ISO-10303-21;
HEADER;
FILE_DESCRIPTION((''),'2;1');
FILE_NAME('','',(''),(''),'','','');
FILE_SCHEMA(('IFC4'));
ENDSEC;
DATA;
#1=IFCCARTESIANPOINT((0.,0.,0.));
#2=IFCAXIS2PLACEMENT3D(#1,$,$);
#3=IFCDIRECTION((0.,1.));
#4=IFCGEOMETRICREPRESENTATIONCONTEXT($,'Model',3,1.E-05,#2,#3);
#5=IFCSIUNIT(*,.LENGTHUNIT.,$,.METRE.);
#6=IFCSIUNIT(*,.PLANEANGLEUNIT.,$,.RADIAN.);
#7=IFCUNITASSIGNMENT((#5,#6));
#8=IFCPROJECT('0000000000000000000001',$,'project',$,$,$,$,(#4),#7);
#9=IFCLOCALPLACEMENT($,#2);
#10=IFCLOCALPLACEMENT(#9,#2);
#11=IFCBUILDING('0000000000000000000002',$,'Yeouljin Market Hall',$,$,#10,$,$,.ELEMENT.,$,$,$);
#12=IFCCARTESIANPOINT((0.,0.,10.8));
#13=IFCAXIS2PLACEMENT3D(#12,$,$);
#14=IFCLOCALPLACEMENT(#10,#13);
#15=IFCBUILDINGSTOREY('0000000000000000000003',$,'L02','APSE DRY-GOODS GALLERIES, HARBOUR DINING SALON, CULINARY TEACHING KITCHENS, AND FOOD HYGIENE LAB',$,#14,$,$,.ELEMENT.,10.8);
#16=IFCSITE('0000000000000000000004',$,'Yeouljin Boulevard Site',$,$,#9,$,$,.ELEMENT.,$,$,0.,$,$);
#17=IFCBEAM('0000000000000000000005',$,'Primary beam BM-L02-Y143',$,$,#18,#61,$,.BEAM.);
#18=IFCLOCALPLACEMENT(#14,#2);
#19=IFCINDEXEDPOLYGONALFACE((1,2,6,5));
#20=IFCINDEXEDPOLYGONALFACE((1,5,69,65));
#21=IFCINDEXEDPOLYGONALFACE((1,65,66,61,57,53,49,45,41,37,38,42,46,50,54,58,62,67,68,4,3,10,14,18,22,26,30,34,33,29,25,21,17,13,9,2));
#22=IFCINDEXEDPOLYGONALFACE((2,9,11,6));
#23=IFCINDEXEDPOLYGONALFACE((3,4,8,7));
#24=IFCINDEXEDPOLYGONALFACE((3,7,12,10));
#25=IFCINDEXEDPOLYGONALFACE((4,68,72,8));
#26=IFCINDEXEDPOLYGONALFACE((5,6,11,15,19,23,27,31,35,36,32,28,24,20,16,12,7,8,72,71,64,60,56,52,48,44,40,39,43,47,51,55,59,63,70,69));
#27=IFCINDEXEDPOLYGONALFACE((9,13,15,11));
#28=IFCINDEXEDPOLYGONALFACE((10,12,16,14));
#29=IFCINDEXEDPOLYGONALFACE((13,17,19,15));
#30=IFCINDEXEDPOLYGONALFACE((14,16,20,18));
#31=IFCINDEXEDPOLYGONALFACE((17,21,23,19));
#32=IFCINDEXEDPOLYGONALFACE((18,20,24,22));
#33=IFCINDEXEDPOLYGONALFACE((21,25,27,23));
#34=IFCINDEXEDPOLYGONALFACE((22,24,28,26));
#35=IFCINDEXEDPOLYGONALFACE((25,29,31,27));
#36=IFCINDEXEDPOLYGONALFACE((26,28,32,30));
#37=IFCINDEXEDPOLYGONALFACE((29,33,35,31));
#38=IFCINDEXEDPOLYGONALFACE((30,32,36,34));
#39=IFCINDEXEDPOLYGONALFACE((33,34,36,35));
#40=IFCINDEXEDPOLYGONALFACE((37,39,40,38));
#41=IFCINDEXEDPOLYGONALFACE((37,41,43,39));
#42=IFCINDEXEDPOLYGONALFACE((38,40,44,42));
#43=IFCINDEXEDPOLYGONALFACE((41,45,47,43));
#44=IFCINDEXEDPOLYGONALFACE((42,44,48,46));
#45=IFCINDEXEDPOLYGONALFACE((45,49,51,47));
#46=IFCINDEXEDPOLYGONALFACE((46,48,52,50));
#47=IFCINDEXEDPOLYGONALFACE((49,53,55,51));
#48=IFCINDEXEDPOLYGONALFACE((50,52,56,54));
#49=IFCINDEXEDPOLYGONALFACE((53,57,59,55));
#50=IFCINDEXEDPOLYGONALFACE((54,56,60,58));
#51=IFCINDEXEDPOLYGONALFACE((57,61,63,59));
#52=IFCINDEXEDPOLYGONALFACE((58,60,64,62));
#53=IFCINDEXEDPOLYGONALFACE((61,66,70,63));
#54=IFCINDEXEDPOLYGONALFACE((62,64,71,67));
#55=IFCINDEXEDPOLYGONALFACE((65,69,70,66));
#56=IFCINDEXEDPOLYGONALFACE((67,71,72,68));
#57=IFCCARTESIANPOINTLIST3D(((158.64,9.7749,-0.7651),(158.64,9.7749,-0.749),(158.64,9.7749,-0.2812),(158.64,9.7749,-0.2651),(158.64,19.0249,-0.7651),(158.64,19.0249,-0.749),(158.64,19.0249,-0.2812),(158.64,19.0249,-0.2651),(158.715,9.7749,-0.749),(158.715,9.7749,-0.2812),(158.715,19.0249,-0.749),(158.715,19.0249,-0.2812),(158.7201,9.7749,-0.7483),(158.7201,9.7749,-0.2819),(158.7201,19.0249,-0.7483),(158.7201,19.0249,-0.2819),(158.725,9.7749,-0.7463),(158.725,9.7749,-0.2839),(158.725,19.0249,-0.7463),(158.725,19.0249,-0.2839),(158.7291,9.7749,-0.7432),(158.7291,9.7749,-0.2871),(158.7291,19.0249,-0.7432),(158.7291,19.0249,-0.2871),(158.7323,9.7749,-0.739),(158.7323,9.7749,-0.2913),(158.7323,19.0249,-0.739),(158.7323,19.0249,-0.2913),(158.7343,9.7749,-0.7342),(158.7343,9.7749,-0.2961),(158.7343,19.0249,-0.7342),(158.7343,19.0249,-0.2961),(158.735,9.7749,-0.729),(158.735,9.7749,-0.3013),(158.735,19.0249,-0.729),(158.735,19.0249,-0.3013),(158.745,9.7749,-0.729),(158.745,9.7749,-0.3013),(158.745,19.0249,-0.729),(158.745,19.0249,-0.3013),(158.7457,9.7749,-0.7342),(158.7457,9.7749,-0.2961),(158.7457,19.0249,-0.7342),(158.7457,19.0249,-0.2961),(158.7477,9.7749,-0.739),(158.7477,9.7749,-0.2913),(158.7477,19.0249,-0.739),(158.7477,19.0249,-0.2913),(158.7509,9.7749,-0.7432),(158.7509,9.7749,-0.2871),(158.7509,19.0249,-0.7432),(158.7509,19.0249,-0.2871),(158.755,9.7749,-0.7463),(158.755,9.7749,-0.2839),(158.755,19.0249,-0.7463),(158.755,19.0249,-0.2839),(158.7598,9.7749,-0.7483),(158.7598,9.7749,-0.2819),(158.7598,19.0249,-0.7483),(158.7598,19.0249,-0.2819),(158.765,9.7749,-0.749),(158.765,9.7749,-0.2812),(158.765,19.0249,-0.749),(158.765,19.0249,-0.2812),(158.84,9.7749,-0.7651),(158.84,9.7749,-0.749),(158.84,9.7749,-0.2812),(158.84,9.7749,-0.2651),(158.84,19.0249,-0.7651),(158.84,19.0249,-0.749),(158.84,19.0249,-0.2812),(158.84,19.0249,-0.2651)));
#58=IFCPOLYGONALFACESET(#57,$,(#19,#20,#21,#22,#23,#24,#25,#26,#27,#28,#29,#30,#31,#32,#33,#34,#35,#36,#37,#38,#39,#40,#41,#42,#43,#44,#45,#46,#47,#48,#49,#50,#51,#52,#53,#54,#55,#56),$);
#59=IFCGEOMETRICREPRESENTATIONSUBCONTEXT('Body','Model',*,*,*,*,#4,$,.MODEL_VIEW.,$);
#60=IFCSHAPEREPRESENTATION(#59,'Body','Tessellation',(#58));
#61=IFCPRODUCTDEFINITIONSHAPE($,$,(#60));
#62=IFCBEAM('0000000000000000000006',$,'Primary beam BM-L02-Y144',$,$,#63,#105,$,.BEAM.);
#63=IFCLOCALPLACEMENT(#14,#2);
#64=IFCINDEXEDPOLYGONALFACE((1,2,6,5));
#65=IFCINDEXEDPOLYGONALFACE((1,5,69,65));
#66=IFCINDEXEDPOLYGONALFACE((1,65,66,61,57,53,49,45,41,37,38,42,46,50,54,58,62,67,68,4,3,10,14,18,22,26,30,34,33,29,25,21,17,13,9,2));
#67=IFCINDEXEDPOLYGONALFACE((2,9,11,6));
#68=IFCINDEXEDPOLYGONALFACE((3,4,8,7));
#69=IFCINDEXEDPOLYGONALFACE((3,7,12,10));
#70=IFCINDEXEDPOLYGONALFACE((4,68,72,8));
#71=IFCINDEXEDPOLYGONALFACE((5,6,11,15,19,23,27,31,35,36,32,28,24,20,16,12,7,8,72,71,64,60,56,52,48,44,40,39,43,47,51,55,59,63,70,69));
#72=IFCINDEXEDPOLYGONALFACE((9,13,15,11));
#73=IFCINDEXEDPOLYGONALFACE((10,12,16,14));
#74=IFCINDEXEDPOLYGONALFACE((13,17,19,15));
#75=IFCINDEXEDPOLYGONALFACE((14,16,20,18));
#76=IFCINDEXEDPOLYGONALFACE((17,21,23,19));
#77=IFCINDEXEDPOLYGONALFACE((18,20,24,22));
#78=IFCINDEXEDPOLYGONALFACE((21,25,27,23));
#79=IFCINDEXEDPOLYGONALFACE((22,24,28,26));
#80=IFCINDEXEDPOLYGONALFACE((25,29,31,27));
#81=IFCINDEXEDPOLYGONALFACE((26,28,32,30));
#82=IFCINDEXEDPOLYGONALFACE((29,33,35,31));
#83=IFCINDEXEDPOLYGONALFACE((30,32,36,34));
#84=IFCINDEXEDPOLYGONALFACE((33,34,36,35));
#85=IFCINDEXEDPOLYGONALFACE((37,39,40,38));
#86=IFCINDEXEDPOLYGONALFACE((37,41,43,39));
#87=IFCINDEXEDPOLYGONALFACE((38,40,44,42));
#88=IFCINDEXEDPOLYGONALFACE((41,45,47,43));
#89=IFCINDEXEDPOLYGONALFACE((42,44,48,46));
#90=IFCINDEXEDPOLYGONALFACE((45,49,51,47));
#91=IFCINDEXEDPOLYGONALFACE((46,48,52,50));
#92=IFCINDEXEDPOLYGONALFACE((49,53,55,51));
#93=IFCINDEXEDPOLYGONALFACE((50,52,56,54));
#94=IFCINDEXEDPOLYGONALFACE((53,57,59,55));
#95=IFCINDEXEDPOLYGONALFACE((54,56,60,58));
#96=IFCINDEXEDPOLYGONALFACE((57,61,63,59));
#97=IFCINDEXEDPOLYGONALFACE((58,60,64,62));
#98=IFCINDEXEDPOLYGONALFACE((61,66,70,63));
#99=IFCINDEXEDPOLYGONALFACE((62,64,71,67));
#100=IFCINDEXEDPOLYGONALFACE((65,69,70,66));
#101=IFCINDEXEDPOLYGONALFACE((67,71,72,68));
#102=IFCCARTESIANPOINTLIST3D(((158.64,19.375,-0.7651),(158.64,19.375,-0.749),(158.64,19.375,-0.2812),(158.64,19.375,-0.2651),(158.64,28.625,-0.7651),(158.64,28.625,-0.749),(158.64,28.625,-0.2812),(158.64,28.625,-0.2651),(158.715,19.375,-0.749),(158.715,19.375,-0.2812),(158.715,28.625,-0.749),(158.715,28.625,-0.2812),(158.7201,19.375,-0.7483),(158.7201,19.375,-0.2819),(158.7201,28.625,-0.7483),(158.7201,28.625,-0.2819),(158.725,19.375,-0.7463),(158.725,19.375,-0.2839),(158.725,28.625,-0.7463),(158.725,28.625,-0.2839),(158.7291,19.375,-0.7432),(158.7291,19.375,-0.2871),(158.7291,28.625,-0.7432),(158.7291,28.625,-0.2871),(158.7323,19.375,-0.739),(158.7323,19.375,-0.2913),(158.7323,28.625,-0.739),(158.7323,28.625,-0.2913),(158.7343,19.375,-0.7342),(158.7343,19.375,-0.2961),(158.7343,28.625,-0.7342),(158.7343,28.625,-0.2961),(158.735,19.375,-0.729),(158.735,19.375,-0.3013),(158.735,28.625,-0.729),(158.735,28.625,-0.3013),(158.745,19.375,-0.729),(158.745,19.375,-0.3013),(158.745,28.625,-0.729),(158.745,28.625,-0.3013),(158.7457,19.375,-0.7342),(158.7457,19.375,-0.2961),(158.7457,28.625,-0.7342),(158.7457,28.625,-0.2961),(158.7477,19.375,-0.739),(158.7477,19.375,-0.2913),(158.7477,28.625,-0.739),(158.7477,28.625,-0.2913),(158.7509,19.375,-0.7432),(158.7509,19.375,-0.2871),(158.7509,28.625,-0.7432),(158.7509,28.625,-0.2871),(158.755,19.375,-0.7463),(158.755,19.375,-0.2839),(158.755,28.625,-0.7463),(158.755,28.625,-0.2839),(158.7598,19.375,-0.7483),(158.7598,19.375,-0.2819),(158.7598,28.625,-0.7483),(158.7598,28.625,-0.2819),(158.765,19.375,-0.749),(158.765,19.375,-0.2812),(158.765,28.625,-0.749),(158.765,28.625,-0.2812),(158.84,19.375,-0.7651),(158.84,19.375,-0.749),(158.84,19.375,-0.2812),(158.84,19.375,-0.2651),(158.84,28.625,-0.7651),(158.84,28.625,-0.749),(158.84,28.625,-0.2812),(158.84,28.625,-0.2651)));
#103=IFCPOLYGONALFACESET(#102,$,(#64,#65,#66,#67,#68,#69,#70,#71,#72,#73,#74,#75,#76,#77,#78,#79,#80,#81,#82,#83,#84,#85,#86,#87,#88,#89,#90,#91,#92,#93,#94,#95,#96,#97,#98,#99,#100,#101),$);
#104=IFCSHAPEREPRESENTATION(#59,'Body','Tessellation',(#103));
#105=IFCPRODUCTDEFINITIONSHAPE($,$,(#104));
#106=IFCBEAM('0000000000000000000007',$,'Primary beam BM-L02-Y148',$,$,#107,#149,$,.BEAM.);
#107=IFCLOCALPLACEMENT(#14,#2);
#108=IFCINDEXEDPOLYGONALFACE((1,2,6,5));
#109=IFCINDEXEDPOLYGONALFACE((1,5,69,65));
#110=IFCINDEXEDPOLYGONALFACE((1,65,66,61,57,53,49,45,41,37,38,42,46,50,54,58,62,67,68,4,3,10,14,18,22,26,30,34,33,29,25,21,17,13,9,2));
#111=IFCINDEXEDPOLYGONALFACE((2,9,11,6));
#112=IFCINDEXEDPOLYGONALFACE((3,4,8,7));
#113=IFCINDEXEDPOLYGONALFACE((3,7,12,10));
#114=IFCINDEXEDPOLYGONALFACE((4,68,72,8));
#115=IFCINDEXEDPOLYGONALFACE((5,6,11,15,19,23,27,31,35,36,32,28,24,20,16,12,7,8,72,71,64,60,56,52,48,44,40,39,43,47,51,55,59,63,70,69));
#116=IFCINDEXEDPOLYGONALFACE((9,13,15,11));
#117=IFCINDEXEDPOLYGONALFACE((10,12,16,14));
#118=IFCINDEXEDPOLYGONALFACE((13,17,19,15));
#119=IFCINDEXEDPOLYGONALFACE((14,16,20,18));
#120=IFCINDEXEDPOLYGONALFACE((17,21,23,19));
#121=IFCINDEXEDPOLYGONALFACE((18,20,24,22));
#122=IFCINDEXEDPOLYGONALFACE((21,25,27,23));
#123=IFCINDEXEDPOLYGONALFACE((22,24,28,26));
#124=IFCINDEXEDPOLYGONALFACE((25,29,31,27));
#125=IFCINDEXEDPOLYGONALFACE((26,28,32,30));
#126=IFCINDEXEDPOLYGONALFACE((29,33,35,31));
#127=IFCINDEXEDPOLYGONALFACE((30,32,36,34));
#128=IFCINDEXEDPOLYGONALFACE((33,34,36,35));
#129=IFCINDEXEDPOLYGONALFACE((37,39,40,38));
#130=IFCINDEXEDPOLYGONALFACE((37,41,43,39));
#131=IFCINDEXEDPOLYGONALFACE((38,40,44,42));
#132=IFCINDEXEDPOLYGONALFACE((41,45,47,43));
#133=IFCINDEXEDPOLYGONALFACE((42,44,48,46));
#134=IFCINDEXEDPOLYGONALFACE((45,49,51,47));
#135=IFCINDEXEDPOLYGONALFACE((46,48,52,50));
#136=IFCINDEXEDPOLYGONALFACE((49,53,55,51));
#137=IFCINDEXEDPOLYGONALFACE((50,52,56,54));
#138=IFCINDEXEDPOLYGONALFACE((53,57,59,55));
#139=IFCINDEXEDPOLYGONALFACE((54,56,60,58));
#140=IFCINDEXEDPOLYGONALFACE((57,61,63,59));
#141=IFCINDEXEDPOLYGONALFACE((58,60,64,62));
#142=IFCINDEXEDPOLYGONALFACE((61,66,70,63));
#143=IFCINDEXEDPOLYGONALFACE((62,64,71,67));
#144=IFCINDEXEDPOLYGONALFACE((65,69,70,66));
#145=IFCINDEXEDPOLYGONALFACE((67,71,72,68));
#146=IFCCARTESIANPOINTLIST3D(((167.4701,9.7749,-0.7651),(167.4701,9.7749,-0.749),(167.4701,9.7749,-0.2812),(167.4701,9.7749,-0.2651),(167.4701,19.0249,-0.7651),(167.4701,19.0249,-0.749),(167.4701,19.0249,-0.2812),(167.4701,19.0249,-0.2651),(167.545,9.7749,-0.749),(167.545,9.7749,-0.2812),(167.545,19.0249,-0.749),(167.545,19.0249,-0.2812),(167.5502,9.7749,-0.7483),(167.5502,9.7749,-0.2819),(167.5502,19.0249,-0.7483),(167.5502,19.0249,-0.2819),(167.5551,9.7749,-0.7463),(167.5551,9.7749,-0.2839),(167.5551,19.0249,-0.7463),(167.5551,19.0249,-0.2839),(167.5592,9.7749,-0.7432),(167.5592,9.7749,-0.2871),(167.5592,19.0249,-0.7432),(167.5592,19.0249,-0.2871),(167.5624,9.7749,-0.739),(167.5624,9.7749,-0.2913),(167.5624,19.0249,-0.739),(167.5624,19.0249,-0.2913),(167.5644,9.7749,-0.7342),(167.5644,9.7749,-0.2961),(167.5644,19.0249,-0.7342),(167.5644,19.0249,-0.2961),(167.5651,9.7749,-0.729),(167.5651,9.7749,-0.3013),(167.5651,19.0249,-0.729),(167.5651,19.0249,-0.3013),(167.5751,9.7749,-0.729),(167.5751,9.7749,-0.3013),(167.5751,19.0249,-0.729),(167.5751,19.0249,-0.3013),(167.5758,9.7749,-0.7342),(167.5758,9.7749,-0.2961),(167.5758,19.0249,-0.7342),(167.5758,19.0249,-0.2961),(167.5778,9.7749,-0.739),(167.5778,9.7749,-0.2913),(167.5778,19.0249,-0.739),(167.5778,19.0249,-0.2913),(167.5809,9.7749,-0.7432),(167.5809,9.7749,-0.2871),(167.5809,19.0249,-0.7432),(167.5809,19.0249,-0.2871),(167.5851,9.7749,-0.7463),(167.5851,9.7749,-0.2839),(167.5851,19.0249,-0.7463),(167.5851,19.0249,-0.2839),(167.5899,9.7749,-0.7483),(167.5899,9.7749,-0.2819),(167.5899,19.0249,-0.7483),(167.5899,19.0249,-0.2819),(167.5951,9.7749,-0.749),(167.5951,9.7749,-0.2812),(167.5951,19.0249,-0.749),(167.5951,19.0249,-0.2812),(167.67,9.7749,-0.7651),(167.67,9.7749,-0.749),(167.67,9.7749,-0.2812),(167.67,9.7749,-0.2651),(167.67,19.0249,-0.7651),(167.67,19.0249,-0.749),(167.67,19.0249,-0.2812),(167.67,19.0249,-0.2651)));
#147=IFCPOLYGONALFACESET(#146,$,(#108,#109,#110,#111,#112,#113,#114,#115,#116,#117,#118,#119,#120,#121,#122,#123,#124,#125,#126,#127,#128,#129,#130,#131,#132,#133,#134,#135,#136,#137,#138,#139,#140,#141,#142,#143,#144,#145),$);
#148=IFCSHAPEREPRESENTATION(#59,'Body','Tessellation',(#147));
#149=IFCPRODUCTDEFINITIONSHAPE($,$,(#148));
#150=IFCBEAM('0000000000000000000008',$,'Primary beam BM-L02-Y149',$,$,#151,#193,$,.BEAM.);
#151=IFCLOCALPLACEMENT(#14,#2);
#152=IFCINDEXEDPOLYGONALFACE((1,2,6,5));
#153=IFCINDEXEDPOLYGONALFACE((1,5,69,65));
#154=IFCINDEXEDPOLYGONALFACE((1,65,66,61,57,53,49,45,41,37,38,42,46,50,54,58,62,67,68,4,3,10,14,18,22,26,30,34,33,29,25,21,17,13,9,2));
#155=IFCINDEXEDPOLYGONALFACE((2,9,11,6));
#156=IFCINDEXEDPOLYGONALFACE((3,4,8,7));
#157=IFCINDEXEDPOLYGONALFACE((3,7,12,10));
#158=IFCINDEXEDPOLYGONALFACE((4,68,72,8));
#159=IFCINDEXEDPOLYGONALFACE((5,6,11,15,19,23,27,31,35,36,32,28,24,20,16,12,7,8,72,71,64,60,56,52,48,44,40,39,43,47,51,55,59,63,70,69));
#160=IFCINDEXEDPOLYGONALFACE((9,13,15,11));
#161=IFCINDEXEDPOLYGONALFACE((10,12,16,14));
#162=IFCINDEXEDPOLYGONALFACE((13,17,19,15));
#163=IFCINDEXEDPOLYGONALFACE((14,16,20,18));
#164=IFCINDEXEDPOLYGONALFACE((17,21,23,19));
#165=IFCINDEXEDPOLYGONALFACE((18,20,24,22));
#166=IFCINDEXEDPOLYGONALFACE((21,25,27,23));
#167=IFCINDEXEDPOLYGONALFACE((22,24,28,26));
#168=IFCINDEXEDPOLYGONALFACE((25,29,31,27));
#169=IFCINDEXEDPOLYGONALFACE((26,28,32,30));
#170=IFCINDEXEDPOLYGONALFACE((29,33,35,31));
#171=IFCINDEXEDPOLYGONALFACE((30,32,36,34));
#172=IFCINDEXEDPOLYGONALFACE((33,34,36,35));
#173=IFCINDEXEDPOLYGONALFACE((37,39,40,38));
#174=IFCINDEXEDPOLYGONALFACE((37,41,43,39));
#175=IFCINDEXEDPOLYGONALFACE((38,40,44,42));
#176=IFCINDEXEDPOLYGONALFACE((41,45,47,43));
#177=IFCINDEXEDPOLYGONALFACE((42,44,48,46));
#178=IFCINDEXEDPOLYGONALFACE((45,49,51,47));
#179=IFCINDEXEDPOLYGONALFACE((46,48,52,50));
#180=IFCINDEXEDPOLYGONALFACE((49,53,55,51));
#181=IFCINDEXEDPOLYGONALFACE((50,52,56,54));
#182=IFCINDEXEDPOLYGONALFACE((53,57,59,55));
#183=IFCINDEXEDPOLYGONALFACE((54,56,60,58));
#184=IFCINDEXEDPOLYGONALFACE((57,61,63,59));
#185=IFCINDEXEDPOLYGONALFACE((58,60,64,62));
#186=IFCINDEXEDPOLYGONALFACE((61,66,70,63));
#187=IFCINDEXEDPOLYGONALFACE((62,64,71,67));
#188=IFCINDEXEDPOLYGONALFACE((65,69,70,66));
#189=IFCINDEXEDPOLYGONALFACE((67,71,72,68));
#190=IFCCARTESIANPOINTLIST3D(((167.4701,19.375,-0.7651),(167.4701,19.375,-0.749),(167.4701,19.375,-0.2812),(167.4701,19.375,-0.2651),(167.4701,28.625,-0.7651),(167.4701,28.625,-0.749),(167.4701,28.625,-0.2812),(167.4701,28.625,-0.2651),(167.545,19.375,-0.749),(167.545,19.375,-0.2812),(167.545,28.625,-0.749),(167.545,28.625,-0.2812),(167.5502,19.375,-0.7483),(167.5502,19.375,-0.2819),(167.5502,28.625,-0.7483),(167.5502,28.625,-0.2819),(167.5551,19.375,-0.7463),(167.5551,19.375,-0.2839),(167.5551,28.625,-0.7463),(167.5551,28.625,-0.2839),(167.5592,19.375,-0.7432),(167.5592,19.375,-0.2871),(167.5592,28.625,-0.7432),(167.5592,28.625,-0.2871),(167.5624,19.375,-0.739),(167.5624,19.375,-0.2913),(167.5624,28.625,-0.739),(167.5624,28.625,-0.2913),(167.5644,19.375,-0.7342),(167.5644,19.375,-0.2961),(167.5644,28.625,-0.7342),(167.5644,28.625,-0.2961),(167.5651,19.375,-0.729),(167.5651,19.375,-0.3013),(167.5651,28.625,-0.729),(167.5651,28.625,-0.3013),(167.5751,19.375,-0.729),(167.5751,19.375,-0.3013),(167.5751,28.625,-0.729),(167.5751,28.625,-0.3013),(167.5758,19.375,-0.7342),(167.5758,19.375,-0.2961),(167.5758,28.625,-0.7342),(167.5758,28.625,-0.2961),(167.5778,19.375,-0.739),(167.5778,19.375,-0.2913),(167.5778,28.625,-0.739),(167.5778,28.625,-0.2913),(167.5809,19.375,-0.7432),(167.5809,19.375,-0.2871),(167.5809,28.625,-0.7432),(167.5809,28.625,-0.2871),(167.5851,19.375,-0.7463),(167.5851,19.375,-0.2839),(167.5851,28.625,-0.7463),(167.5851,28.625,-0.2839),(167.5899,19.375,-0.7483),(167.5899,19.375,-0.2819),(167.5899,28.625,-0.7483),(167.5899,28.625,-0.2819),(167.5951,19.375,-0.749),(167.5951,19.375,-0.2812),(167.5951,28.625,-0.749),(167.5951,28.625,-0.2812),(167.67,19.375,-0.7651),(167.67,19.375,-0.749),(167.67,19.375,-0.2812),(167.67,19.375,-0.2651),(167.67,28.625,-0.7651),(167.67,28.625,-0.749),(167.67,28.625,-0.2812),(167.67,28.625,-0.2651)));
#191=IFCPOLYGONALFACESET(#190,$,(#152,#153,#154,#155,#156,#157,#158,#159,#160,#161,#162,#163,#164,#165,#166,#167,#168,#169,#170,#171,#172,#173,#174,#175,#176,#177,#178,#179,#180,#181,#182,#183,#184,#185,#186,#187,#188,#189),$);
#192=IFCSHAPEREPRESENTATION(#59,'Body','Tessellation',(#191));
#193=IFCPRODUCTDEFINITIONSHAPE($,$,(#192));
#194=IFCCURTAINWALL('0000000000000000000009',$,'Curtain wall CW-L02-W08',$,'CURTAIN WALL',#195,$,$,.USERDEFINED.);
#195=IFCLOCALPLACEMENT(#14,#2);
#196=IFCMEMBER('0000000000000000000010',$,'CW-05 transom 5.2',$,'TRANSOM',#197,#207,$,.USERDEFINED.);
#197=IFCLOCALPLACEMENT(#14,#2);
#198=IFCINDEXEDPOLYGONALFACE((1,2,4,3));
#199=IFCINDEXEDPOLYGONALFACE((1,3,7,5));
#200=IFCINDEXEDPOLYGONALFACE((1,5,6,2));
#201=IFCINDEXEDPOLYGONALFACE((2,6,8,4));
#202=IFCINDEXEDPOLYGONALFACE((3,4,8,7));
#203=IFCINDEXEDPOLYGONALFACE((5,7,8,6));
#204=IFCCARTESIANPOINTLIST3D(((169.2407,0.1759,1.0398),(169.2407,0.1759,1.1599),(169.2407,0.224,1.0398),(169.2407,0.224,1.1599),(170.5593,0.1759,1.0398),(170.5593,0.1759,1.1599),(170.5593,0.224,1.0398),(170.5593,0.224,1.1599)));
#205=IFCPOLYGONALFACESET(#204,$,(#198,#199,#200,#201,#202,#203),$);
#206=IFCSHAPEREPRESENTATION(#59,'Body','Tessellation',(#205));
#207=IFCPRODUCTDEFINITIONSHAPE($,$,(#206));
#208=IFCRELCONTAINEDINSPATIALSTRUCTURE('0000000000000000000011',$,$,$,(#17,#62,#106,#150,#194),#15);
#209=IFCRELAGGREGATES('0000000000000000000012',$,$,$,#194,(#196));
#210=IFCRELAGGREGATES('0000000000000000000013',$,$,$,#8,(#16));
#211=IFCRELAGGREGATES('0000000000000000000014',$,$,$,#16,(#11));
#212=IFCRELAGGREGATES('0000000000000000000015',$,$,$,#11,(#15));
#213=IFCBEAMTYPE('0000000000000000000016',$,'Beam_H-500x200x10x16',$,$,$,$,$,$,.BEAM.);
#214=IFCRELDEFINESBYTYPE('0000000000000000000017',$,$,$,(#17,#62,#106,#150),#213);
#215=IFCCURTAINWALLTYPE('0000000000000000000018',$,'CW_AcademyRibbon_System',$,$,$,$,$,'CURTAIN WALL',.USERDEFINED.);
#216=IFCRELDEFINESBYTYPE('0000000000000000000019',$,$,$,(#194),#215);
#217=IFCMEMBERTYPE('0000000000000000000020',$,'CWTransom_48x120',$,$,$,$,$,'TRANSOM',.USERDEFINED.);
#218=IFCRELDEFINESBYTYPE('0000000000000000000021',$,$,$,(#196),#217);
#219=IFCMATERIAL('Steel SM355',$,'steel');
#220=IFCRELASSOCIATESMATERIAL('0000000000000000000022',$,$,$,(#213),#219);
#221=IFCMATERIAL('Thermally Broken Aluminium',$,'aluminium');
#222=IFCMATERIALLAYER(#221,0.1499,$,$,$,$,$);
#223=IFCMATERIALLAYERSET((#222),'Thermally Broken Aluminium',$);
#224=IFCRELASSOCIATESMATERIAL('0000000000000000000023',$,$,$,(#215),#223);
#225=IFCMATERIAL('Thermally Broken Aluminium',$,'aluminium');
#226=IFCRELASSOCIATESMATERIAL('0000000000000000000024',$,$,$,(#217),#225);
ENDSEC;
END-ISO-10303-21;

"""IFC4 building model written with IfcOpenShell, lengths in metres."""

from ifc_helpers import new_model, si_unit, direction, frame, origin, origin_2d, place, context, subcontext, project, spatial, rectangle, i_section, extrude, material, layer, layer_set, material_profile, profile_set, type_object, element, aggregate, save


model = new_model("IFC4")

# Units and contexts
model_context = context("Model", 3, precision=1e-05, world=origin(), true_north=direction((0.0, 1.0)))
body_context = subcontext(model_context, "Body", "Model", "MODEL_VIEW")
ifc_project = project(units=[si_unit("LENGTHUNIT", "METRE"), si_unit("PLANEANGLEUNIT", "RADIAN")], contexts=[model_context])

# Site, building, storey
site_placement = place(None, origin())
site = spatial("IfcSite", under=ifc_project, at=site_placement, Name="Yeouljin Boulevard Site", CompositionType="ELEMENT", RefElevation=0.0)
building_placement = place(site_placement, origin())
building = spatial("IfcBuilding", under=site, at=building_placement, Name="Yeouljin Market Hall", CompositionType="ELEMENT")
storey_placement = place(building_placement, frame((0.0, 0.0, 10.8)))
storey = spatial("IfcBuildingStorey", under=building, at=storey_placement, Name="L02", Description="APSE DRY-GOODS GALLERIES, HARBOUR DINING SALON, CULINARY TEACHING KITCHENS, AND FOOD HYGIENE LAB", CompositionType="ELEMENT", Elevation=10.8)

# Beams
ifc_material_1 = material(Name="Steel SM355", Category="steel")
ifc_material_profile_1 = material_profile(ifc_material_1, i_section(OverallWidth=0.2, OverallDepth=0.5, WebThickness=0.01, FlangeThickness=0.0161, FilletRadius=0.02, at=origin_2d()), Name="H-500x200x10x16")
ifc_profile_set_1 = profile_set([ifc_material_profile_1], Name="Steel SM355")
beam_type_1 = type_object("IfcBeamType", Name="Beam_H-500x200x10x16", PredefinedType="BEAM", material=ifc_profile_set_1)
for number, where, z_axis, x_axis, name in (
    (1, (158.74, 9.7749, -0.5151), (0.0, 1.0, 0.0), (-1.0, 0.0, 0.0), "Primary beam BM-L02-Y143"),
    (2, (158.74, 19.375, -0.5151), (0.0, 1.0, 0.0), (-1.0, 0.0, 0.0), "Primary beam BM-L02-Y144"),
    (3, (167.5701, 9.7749, -0.5151), (0.0, 1.0, 0.0), (-1.0, 0.0, 0.0), "Primary beam BM-L02-Y148"),
    (4, (167.5701, 19.375, -0.5151), (0.0, 1.0, 0.0), (-1.0, 0.0, 0.0), "Primary beam BM-L02-Y149"),
):
    element("IfcBeam", number, at=place(storey_placement, frame(where, z_axis=z_axis, x_axis=x_axis)), inside=storey, type_object=beam_type_1, Name=name, PredefinedType="BEAM", context=body_context, shape_type="SweptSolid", body=[
        extrude(i_section(OverallWidth=0.2, OverallDepth=0.5, WebThickness=0.01, FlangeThickness=0.0161, FilletRadius=0.02, at=origin_2d()), origin(), (0.0, 0.0, 1.0), 9.25),
    ])

# Curtain wall, member
ifc_material_2 = material(Name="Thermally Broken Aluminium", Category="aluminium")
ifc_layer_1 = layer(ifc_material_2, 0.1499)
ifc_layer_set_1 = layer_set([ifc_layer_1], Name="Thermally Broken Aluminium")
curtain_wall_type = type_object("IfcCurtainWallType", Name="CW_AcademyRibbon_System", ElementType="CURTAIN WALL", PredefinedType="USERDEFINED", material=ifc_layer_set_1)
curtain_wall_placement = place(storey_placement, origin())
curtain_wall = element("IfcCurtainWall", 5, at=curtain_wall_placement, inside=storey, type_object=curtain_wall_type, Name="Curtain wall CW-L02-W08", ObjectType="CURTAIN WALL", PredefinedType="USERDEFINED")
ifc_material_3 = material(Name="Thermally Broken Aluminium", Category="aluminium")
ifc_material_profile_2 = material_profile(ifc_material_3, rectangle(XDim=0.0481, YDim=0.1201, at=origin_2d()), Name="CW-TRAN-48x120")
ifc_profile_set_2 = profile_set([ifc_material_profile_2], Name="Thermally Broken Aluminium")
member_type = type_object("IfcMemberType", Name="CWTransom_48x120", ElementType="TRANSOM", PredefinedType="USERDEFINED", material=ifc_profile_set_2)
member_1_placement = place(storey_placement, frame((170.5593, 0.2, 1.0999), z_axis=(-1.0, 0.0, 0.0), x_axis=(0.0, -1.0, 0.0)))
member_1 = element("IfcMember", 6, at=member_1_placement, type_object=member_type, Name="CW-05 transom 5.2", ObjectType="TRANSOM", PredefinedType="USERDEFINED", context=body_context, shape_type="SweptSolid", body=[
    extrude(rectangle(XDim=0.0481, YDim=0.1201, at=origin_2d()), origin(), (0.0, 0.0, 1.0), 1.3186),
])
aggregate(curtain_wall, [member_1])

save(model, "model.ifc")
